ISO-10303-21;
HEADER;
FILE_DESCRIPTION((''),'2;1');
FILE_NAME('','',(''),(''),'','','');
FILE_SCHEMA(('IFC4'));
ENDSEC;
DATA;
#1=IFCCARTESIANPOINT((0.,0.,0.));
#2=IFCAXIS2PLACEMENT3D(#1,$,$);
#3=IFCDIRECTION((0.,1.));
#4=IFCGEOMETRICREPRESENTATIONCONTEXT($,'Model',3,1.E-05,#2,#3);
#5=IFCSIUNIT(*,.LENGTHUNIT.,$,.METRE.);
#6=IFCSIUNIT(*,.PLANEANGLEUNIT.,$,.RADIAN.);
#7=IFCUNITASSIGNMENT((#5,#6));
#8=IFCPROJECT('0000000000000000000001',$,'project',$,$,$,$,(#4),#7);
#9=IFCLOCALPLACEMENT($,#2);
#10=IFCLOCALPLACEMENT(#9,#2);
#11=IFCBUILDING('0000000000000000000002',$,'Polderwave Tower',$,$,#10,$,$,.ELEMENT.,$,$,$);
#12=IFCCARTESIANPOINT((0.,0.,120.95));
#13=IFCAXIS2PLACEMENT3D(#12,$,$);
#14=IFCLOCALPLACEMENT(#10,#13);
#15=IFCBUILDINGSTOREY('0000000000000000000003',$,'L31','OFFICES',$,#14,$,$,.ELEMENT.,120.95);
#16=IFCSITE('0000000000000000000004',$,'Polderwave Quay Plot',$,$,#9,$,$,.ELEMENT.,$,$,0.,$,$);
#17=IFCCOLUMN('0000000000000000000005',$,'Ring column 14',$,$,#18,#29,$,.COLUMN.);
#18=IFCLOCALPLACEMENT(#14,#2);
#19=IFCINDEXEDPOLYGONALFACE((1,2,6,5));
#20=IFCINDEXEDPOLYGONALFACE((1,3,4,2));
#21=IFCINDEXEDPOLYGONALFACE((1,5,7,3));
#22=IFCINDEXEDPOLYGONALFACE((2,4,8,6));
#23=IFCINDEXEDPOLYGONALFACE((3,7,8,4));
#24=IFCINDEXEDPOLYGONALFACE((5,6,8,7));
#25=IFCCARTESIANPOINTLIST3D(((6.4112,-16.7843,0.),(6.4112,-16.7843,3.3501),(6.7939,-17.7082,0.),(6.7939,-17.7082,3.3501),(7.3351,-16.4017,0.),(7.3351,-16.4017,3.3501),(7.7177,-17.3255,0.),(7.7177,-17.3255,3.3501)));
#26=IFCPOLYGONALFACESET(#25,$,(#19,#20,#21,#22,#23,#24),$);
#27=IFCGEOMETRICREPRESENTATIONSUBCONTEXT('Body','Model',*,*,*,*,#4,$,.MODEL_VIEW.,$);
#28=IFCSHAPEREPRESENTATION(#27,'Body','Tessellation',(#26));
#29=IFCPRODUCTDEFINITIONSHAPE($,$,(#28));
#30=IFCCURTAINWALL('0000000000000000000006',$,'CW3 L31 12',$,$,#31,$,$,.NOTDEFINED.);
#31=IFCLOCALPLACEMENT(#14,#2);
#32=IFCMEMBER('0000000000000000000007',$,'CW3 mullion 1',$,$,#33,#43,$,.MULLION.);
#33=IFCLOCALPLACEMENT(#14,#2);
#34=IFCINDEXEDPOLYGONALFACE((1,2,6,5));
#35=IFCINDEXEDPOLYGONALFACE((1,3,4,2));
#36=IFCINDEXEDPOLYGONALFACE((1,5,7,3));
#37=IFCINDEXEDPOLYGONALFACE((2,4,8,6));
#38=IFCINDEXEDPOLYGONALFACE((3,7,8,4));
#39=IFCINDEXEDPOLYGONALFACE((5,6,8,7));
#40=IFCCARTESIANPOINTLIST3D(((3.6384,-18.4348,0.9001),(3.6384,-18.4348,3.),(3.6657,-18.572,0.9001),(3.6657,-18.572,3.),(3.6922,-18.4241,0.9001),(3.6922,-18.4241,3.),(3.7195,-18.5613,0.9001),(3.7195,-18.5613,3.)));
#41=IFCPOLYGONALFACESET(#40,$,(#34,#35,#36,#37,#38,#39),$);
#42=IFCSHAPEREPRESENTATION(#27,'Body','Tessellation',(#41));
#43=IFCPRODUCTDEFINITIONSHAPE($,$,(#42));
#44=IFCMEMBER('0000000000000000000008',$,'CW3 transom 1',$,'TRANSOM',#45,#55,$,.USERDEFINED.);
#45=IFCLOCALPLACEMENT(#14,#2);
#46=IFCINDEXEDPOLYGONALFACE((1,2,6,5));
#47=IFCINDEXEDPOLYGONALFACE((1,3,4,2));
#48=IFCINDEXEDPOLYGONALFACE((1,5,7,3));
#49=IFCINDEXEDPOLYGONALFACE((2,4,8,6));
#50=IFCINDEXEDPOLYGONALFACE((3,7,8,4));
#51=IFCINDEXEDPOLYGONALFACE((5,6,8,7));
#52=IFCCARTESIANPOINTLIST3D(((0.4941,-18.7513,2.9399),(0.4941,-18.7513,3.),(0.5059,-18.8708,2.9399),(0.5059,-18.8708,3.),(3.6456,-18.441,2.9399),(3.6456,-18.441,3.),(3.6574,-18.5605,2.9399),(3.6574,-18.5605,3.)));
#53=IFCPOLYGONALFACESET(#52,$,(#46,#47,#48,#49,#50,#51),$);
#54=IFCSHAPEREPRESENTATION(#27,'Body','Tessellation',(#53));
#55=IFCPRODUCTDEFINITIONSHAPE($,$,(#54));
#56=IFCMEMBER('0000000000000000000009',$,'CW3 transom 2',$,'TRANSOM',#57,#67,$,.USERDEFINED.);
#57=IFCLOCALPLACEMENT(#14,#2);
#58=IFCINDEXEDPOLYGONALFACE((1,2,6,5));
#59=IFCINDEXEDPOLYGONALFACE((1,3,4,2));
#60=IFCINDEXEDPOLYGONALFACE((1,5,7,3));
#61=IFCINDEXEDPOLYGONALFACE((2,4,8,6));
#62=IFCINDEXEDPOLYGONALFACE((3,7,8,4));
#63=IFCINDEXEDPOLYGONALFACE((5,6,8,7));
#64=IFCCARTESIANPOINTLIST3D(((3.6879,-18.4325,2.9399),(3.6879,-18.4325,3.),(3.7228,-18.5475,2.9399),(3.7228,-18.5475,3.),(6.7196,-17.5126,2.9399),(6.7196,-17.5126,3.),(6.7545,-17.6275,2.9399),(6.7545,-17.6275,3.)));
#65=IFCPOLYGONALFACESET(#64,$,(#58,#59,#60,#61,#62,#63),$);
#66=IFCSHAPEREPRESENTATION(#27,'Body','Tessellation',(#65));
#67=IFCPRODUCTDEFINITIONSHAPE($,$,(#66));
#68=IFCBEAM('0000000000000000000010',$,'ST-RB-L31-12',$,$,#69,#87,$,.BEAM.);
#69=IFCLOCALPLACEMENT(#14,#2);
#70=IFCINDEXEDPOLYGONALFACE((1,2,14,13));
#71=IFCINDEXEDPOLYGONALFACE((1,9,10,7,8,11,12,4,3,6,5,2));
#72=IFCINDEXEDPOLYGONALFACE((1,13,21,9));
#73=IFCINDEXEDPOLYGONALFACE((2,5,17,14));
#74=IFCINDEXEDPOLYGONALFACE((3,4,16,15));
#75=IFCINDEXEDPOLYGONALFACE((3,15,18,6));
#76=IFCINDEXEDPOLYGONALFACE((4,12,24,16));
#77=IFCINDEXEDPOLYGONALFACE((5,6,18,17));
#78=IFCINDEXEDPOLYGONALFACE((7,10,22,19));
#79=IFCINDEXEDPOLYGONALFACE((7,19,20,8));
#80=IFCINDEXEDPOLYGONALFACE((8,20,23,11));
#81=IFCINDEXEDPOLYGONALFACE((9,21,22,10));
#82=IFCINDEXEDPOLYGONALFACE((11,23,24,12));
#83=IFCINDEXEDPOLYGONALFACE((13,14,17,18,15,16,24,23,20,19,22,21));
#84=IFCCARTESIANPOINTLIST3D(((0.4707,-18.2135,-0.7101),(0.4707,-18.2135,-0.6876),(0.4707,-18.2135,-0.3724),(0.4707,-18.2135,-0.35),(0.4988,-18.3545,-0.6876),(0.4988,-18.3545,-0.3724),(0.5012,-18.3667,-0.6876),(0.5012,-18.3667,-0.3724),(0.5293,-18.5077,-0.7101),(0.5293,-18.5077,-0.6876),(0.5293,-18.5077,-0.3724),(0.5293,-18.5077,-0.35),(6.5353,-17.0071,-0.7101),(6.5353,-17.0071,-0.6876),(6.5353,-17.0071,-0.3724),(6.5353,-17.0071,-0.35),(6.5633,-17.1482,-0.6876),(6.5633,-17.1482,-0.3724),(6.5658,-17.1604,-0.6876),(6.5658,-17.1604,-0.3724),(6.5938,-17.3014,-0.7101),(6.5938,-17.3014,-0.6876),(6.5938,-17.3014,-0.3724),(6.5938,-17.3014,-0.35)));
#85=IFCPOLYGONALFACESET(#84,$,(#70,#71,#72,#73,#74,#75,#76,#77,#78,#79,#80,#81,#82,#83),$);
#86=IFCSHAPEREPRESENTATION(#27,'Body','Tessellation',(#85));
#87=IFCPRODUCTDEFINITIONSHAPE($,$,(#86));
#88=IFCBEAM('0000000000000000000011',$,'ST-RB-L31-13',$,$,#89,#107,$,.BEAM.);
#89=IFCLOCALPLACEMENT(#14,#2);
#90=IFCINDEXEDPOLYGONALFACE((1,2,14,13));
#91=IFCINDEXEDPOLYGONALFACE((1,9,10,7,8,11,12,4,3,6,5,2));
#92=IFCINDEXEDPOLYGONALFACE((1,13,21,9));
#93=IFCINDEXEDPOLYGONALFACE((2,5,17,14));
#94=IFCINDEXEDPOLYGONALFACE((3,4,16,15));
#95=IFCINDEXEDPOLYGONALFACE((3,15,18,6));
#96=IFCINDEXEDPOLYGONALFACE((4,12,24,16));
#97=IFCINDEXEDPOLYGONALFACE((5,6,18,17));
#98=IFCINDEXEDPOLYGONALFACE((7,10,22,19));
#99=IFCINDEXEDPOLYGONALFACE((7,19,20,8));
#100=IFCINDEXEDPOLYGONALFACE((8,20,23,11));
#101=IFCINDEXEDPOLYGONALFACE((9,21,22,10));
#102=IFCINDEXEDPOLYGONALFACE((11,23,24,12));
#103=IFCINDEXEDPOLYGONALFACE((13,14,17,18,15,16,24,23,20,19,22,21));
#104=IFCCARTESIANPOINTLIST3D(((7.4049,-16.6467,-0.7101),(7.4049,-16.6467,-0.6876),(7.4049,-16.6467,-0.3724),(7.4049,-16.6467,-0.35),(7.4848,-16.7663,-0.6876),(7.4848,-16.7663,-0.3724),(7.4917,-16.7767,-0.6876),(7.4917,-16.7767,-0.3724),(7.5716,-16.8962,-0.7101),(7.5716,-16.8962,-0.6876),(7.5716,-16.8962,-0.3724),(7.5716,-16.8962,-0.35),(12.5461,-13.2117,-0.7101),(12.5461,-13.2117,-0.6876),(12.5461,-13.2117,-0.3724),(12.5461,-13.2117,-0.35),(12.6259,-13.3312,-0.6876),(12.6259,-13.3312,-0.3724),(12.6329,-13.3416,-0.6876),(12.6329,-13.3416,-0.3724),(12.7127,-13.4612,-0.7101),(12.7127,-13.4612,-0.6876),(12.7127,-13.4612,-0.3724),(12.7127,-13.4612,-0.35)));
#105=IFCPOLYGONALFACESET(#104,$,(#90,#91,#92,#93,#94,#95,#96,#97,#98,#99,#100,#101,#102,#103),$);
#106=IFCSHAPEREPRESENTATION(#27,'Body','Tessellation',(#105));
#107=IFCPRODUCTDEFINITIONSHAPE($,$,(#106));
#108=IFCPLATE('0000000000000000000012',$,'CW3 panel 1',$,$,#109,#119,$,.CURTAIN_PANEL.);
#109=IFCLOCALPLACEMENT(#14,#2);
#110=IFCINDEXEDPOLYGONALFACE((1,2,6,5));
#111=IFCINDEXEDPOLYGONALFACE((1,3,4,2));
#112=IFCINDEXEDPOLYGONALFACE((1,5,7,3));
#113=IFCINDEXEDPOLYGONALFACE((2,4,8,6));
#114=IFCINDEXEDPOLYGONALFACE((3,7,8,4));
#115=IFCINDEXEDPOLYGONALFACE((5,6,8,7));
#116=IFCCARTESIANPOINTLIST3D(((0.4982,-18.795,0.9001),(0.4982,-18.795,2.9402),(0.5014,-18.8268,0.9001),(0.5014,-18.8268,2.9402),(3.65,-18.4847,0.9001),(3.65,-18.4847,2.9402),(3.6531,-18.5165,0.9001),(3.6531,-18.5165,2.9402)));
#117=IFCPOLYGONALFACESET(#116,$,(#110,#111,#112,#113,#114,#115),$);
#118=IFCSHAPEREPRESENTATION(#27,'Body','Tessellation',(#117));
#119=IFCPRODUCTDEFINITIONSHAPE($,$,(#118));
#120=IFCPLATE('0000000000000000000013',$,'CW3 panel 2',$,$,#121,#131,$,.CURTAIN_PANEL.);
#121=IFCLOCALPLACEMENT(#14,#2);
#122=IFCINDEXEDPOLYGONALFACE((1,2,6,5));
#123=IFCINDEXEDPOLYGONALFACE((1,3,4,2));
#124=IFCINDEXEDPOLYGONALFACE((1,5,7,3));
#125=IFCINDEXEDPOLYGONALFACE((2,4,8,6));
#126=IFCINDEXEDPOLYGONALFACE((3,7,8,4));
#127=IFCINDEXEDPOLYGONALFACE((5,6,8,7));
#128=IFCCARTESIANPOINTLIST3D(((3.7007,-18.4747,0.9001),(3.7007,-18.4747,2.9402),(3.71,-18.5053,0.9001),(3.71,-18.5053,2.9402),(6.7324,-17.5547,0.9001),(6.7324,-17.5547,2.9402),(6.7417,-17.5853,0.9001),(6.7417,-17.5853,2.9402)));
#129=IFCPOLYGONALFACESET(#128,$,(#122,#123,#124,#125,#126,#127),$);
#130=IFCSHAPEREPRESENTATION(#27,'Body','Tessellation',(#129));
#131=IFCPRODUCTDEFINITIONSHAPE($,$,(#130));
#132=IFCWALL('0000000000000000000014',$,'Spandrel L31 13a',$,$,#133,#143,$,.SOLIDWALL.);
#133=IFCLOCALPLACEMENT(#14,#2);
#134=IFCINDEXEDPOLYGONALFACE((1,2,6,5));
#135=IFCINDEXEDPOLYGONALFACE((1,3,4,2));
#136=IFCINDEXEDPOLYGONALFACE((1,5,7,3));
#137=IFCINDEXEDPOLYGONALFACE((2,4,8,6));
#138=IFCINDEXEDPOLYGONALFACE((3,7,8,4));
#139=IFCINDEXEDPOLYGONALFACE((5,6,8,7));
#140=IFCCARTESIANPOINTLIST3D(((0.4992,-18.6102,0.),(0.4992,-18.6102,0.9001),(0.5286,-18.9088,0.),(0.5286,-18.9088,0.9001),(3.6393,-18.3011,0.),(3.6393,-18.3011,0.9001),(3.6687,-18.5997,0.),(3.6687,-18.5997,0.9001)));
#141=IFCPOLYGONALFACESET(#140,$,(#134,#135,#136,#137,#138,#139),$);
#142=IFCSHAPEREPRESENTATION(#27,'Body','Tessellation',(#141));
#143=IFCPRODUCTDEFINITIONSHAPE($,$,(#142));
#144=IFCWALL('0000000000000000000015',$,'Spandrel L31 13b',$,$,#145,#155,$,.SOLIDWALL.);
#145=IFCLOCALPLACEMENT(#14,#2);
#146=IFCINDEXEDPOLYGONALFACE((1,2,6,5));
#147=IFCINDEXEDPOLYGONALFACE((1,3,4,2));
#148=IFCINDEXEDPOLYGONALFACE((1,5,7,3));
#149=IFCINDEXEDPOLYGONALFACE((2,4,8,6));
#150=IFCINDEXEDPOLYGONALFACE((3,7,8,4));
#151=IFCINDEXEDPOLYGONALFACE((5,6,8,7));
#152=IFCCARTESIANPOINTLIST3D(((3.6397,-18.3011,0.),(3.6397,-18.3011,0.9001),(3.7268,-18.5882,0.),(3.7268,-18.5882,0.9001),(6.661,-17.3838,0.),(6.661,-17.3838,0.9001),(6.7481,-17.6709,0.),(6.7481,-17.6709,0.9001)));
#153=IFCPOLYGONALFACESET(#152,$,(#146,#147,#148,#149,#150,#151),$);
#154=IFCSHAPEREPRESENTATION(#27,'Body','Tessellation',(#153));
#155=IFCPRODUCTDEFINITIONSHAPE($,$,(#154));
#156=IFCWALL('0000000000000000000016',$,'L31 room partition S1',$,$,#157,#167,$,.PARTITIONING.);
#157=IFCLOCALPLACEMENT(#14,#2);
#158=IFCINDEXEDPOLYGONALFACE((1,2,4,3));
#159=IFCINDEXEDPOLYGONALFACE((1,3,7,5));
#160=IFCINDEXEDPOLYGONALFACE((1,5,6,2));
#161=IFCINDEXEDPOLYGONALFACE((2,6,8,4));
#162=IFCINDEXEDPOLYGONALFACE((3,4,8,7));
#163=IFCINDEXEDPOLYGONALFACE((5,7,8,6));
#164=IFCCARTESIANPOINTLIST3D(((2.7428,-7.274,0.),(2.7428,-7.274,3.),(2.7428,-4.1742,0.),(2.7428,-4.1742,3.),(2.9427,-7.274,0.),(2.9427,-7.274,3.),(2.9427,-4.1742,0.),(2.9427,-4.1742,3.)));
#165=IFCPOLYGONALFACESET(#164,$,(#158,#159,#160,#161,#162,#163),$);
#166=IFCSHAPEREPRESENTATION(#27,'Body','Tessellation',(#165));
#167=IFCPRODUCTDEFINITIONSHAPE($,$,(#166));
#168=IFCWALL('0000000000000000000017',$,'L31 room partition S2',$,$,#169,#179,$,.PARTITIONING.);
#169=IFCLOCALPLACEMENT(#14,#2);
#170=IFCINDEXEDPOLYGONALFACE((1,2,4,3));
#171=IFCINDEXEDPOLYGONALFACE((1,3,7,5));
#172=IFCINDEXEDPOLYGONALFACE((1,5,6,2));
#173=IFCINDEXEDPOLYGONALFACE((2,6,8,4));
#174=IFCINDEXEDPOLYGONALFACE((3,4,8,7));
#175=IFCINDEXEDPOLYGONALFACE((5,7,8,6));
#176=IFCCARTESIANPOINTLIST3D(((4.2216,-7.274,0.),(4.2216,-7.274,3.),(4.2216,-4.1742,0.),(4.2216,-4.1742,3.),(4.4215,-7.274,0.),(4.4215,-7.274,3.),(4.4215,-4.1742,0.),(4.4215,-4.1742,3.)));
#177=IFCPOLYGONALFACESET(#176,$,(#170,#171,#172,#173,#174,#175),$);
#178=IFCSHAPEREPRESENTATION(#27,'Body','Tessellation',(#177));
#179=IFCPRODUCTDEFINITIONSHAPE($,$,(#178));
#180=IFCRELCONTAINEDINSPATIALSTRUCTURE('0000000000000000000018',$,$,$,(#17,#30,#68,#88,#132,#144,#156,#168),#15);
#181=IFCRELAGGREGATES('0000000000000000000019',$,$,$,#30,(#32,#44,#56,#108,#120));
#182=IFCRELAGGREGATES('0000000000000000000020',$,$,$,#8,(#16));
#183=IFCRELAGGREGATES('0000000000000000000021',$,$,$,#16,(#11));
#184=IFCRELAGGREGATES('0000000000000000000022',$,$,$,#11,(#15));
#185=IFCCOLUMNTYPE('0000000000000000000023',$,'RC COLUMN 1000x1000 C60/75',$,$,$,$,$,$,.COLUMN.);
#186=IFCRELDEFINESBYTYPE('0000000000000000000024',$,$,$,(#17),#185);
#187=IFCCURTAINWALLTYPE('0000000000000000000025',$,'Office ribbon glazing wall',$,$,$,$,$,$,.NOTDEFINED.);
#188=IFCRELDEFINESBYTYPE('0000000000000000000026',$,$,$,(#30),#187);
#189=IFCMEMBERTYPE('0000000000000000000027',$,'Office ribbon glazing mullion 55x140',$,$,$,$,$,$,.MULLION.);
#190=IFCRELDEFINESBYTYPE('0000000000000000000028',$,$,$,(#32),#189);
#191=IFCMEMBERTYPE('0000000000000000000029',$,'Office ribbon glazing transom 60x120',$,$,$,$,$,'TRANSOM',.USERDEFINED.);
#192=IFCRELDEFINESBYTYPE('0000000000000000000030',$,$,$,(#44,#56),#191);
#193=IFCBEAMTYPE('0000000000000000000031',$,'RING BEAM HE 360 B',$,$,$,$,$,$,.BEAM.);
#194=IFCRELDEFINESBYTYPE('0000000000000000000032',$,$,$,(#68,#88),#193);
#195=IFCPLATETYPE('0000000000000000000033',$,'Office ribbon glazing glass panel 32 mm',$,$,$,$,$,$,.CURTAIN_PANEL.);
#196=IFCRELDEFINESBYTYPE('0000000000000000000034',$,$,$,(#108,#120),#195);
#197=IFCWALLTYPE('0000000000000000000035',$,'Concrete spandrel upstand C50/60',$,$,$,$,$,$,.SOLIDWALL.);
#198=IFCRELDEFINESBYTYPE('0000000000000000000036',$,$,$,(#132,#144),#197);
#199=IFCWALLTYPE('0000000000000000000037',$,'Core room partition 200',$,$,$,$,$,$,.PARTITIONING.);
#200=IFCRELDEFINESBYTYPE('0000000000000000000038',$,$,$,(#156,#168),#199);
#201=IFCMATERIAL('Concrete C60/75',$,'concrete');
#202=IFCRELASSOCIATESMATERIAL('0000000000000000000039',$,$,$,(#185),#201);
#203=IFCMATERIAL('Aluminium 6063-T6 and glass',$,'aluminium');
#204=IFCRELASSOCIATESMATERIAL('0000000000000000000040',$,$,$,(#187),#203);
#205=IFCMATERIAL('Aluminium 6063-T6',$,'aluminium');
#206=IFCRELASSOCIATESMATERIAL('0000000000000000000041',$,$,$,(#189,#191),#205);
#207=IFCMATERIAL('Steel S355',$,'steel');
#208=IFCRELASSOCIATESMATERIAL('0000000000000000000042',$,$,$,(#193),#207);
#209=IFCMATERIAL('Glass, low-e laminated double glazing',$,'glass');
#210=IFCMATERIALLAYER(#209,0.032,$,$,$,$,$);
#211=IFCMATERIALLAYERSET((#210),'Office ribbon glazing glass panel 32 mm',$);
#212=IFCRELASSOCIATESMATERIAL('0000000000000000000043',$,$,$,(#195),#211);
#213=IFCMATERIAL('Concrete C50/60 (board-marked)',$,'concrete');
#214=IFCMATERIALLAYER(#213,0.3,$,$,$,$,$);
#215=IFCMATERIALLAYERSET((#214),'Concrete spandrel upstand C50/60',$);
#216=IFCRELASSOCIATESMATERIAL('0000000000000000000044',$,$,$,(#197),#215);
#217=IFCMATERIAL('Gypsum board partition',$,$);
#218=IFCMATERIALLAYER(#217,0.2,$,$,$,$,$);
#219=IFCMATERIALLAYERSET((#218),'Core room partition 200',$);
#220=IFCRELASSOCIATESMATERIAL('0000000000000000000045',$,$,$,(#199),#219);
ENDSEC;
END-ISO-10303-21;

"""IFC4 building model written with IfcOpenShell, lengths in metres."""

from ifc_helpers import new_model, si_unit, direction, frame, frame_2d, origin, origin_2d, place, context, subcontext, project, spatial, rectangle, i_section, extrude, material, layer, layer_set, material_profile, profile_set, type_object, element, aggregate, save


model = new_model("IFC4")

# Units and contexts
model_context = context("Model", 3, precision=1e-05, world=origin(), true_north=direction((0.0, 1.0)))
body_context = subcontext(model_context, "Body", "Model", "MODEL_VIEW")
ifc_project = project(units=[si_unit("LENGTHUNIT", "METRE"), si_unit("PLANEANGLEUNIT", "RADIAN")], contexts=[model_context])

# Site, building, storey
site_placement = place(None, origin())
site = spatial("IfcSite", under=ifc_project, at=site_placement, Name="Polderwave Quay Plot", CompositionType="ELEMENT", RefElevation=0.0)
building_placement = place(site_placement, origin())
building = spatial("IfcBuilding", under=site, at=building_placement, Name="Polderwave Tower", CompositionType="ELEMENT")
storey_placement = place(building_placement, frame((0.0, 0.0, 120.95)))
storey = spatial("IfcBuildingStorey", under=building, at=storey_placement, Name="L31", Description="OFFICES", CompositionType="ELEMENT", Elevation=120.95)

# Column
ifc_material_1 = material(Name="Concrete C60/75", Category="concrete")
ifc_material_profile_1 = material_profile(ifc_material_1, rectangle(XDim=1.0, YDim=1.0, at=origin_2d()), Name="RC 1000x1000")
ifc_profile_set_1 = profile_set([ifc_material_profile_1], Name="Concrete C60/75")
column_type = type_object("IfcColumnType", Name="RC COLUMN 1000x1000 C60/75", PredefinedType="COLUMN", material=ifc_profile_set_1)
column_placement = place(storey_placement, frame((7.0645, -17.0549, 0.0), z_axis=(0.0, 0.0, 1.0), x_axis=(0.382683, -0.92388, 0.0)))
element("IfcColumn", 1, at=column_placement, inside=storey, type_object=column_type, Name="Ring column 14", PredefinedType="COLUMN", context=body_context, shape_type="SweptSolid", body=[
    extrude(rectangle(XDim=1.0, YDim=1.0, at=origin_2d()), origin(), (0.0, 0.0, 1.0), 3.3501),
])

# Curtain wall, members
ifc_material_2 = material(Name="Aluminium 6063-T6 and glass", Category="aluminium")
curtain_wall_type = type_object("IfcCurtainWallType", Name="Office ribbon glazing wall", PredefinedType="NOTDEFINED", material=ifc_material_2)
curtain_wall_placement = place(storey_placement, origin())
curtain_wall = element("IfcCurtainWall", 2, at=curtain_wall_placement, inside=storey, type_object=curtain_wall_type, Name="CW3 L31 12", PredefinedType="NOTDEFINED")
ifc_material_3 = material(Name="Aluminium 6063-T6", Category="aluminium")
ifc_material_profile_2 = material_profile(ifc_material_3, rectangle(XDim=0.1399, YDim=0.0549, at=origin_2d()), Name="AL 55x140")
ifc_profile_set_2 = profile_set([ifc_material_profile_2], Name="Aluminium 6063-T6")
member_type_1 = type_object("IfcMemberType", Name="Office ribbon glazing mullion 55x140", PredefinedType="MULLION", material=ifc_profile_set_2)
member_1_placement = place(storey_placement, frame((3.679, -18.498, 0.9001), z_axis=(0.0, 0.0, 1.0), x_axis=(-0.195128, 0.980778, 0.0)))
member_1 = element("IfcMember", 3, at=member_1_placement, type_object=member_type_1, Name="CW3 mullion 1", PredefinedType="MULLION", context=body_context, shape_type="SweptSolid", body=[
    extrude(rectangle(XDim=0.1399, YDim=0.0549, at=origin_2d()), origin(), (0.0, 0.0, 1.0), 2.0999),
])
ifc_material_profile_3 = material_profile(ifc_material_3, rectangle(XDim=0.1201, YDim=0.0601, at=origin_2d()), Name="AL 60x120")
ifc_profile_set_3 = profile_set([ifc_material_profile_3], Name="Aluminium 6063-T6")
member_type_2 = type_object("IfcMemberType", Name="Office ribbon glazing transom 60x120", ElementType="TRANSOM", PredefinedType="USERDEFINED", material=ifc_profile_set_3)
member_2_placement = place(storey_placement, frame((0.5, -18.811, 2.97), z_axis=(0.995188, 0.097985, 0.0), x_axis=(-0.097985, 0.995188, 0.0)))
member_2 = element("IfcMember", 4, at=member_2_placement, type_object=member_type_2, Name="CW3 transom 1", ObjectType="TRANSOM", PredefinedType="USERDEFINED", context=body_context, shape_type="SweptSolid", body=[
    extrude(rectangle(XDim=0.1201, YDim=0.0601, at=origin_2d()), origin(), (0.0, 0.0, 1.0), 3.1667),
])
member_3_placement = place(storey_placement, frame((3.7053, -18.49, 2.97), z_axis=(0.956918, 0.290358, 0.0), x_axis=(-0.290358, 0.956918, 0.0)))
member_3 = element("IfcMember", 5, at=member_3_placement, type_object=member_type_2, Name="CW3 transom 2", ObjectType="TRANSOM", PredefinedType="USERDEFINED", context=body_context, shape_type="SweptSolid", body=[
    extrude(rectangle(XDim=0.1201, YDim=0.0601, at=origin_2d()), origin(), (0.0, 0.0, 1.0), 3.1682),
])

# Beams
ifc_material_4 = material(Name="Steel S355", Category="steel")
ifc_material_profile_4 = material_profile(ifc_material_4, i_section(OverallWidth=0.3, OverallDepth=0.3601, WebThickness=0.0125, FlangeThickness=0.0225, at=origin_2d()), Name="HE 360 B")
ifc_profile_set_4 = profile_set([ifc_material_profile_4], Name="Steel S355")
beam_type = type_object("IfcBeamType", Name="RING BEAM HE 360 B", PredefinedType="BEAM", material=ifc_profile_set_4)
beam_1_placement = place(storey_placement, frame((0.5, -18.3606, -0.53), z_axis=(0.980785, 0.195091, 0.0), x_axis=(-0.195091, 0.980785, 0.0)))
element("IfcBeam", 6, at=beam_1_placement, inside=storey, type_object=beam_type, Name="ST-RB-L31-12", PredefinedType="BEAM", context=body_context, shape_type="SweptSolid", body=[
    extrude(i_section(OverallWidth=0.3, OverallDepth=0.3601, WebThickness=0.0125, FlangeThickness=0.0225, at=origin_2d()), origin(), (0.0, 0.0, 1.0), 6.1833),
])
beam_2_placement = place(storey_placement, frame((7.4883, -16.7715, -0.53), z_axis=(0.831479, 0.555556, 0.0), x_axis=(-0.555556, 0.831479, 0.0)))
element("IfcBeam", 7, at=beam_2_placement, inside=storey, type_object=beam_type, Name="ST-RB-L31-13", PredefinedType="BEAM", context=body_context, shape_type="SweptSolid", body=[
    extrude(i_section(OverallWidth=0.3, OverallDepth=0.3601, WebThickness=0.0125, FlangeThickness=0.0225, at=origin_2d()), origin(), (0.0, 0.0, 1.0), 6.1831),
])

# Plates
ifc_material_5 = material(Name="Glass, low-e laminated double glazing", Category="glass")
ifc_layer_1 = layer(ifc_material_5, 0.032)
ifc_layer_set_1 = layer_set([ifc_layer_1], Name="Office ribbon glazing glass panel 32 mm")
plate_type = type_object("IfcPlateType", Name="Office ribbon glazing glass panel 32 mm", PredefinedType="CURTAIN_PANEL", material=ifc_layer_set_1)
plate_1_placement = place(storey_placement, frame((2.0757, -18.6558, 0.9001), z_axis=(0.0, 0.0, 1.0), x_axis=(0.995188, 0.097984, 0.0)))
plate_1 = element("IfcPlate", 8, at=plate_1_placement, type_object=plate_type, Name="CW3 panel 1", PredefinedType="CURTAIN_PANEL", context=body_context, shape_type="SweptSolid", body=[
    extrude(rectangle(XDim=3.167, YDim=0.032, at=origin_2d()), origin(), (0.0, 0.0, 1.0), 2.04),
])
plate_2_placement = place(storey_placement, frame((5.2212, -18.03, 0.9001), z_axis=(0.0, 0.0, 1.0), x_axis=(0.956908, 0.29039, 0.0)))
plate_2 = element("IfcPlate", 9, at=plate_2_placement, type_object=plate_type, Name="CW3 panel 2", PredefinedType="CURTAIN_PANEL", context=body_context, shape_type="SweptSolid", body=[
    extrude(rectangle(XDim=3.1682, YDim=0.032, at=origin_2d()), origin(), (0.0, 0.0, 1.0), 2.04),
])
aggregate(curtain_wall, [member_1, member_2, member_3, plate_1, plate_2])

# Walls
ifc_material_6 = material(Name="Concrete C50/60 (board-marked)", Category="concrete")
ifc_layer_2 = layer(ifc_material_6, 0.3)
ifc_layer_set_2 = layer_set([ifc_layer_2], Name="Concrete spandrel upstand C50/60")
wall_type_1 = type_object("IfcWallType", Name="Concrete spandrel upstand C50/60", PredefinedType="SOLIDWALL", material=ifc_layer_set_2)
wall_1_placement = place(storey_placement, frame((0.5139, -18.7595, 0.0), z_axis=(0.0, 0.0, 1.0), x_axis=(0.995191, 0.097956, 0.0)))
element("IfcWall", 10, at=wall_1_placement, inside=storey, type_object=wall_type_1, Name="Spandrel L31 13a", PredefinedType="SOLIDWALL", context=body_context, shape_type="SweptSolid", body=[
    extrude(rectangle(XDim=3.1553, YDim=0.3, at=frame_2d((1.5776, 0.0))), origin(), (0.0, 0.0, 1.0), 0.9001),
])
wall_2_placement = place(storey_placement, frame((3.6833, -18.4446, 0.0), z_axis=(0.0, 0.0, 1.0), x_axis=(0.956874, 0.290503, 0.0)))
element("IfcWall", 11, at=wall_2_placement, inside=storey, type_object=wall_type_1, Name="Spandrel L31 13b", PredefinedType="SOLIDWALL", context=body_context, shape_type="SweptSolid", body=[
    extrude(rectangle(XDim=3.1575, YDim=0.3, at=frame_2d((1.5786, 0.0))), origin(), (0.0, 0.0, 1.0), 0.9001),
])
ifc_material_7 = material(Name="Gypsum board partition")
ifc_layer_3 = layer(ifc_material_7, 0.2)
ifc_layer_set_3 = layer_set([ifc_layer_3], Name="Core room partition 200")
wall_type_2 = type_object("IfcWallType", Name="Core room partition 200", PredefinedType="PARTITIONING", material=ifc_layer_set_3)
for number, where, z_axis, x_axis, name in (
    (12, (2.8428, -7.2739, 0.0), (0.0, 0.0, 1.0), (0.0, 1.0, 0.0), "L31 room partition S1"),
    (13, (4.3215, -7.2739, 0.0), (0.0, 0.0, 1.0), (0.0, 1.0, 0.0), "L31 room partition S2"),
):
    element("IfcWall", number, at=place(storey_placement, frame(where, z_axis=z_axis, x_axis=x_axis)), inside=storey, type_object=wall_type_2, Name=name, PredefinedType="PARTITIONING", context=body_context, shape_type="SweptSolid", body=[
        extrude(rectangle(XDim=3.0999, YDim=0.2, at=frame_2d((1.5498, 0.0))), origin(), (0.0, 0.0, 1.0), 3.0),
    ])

save(model, "model.ifc")
